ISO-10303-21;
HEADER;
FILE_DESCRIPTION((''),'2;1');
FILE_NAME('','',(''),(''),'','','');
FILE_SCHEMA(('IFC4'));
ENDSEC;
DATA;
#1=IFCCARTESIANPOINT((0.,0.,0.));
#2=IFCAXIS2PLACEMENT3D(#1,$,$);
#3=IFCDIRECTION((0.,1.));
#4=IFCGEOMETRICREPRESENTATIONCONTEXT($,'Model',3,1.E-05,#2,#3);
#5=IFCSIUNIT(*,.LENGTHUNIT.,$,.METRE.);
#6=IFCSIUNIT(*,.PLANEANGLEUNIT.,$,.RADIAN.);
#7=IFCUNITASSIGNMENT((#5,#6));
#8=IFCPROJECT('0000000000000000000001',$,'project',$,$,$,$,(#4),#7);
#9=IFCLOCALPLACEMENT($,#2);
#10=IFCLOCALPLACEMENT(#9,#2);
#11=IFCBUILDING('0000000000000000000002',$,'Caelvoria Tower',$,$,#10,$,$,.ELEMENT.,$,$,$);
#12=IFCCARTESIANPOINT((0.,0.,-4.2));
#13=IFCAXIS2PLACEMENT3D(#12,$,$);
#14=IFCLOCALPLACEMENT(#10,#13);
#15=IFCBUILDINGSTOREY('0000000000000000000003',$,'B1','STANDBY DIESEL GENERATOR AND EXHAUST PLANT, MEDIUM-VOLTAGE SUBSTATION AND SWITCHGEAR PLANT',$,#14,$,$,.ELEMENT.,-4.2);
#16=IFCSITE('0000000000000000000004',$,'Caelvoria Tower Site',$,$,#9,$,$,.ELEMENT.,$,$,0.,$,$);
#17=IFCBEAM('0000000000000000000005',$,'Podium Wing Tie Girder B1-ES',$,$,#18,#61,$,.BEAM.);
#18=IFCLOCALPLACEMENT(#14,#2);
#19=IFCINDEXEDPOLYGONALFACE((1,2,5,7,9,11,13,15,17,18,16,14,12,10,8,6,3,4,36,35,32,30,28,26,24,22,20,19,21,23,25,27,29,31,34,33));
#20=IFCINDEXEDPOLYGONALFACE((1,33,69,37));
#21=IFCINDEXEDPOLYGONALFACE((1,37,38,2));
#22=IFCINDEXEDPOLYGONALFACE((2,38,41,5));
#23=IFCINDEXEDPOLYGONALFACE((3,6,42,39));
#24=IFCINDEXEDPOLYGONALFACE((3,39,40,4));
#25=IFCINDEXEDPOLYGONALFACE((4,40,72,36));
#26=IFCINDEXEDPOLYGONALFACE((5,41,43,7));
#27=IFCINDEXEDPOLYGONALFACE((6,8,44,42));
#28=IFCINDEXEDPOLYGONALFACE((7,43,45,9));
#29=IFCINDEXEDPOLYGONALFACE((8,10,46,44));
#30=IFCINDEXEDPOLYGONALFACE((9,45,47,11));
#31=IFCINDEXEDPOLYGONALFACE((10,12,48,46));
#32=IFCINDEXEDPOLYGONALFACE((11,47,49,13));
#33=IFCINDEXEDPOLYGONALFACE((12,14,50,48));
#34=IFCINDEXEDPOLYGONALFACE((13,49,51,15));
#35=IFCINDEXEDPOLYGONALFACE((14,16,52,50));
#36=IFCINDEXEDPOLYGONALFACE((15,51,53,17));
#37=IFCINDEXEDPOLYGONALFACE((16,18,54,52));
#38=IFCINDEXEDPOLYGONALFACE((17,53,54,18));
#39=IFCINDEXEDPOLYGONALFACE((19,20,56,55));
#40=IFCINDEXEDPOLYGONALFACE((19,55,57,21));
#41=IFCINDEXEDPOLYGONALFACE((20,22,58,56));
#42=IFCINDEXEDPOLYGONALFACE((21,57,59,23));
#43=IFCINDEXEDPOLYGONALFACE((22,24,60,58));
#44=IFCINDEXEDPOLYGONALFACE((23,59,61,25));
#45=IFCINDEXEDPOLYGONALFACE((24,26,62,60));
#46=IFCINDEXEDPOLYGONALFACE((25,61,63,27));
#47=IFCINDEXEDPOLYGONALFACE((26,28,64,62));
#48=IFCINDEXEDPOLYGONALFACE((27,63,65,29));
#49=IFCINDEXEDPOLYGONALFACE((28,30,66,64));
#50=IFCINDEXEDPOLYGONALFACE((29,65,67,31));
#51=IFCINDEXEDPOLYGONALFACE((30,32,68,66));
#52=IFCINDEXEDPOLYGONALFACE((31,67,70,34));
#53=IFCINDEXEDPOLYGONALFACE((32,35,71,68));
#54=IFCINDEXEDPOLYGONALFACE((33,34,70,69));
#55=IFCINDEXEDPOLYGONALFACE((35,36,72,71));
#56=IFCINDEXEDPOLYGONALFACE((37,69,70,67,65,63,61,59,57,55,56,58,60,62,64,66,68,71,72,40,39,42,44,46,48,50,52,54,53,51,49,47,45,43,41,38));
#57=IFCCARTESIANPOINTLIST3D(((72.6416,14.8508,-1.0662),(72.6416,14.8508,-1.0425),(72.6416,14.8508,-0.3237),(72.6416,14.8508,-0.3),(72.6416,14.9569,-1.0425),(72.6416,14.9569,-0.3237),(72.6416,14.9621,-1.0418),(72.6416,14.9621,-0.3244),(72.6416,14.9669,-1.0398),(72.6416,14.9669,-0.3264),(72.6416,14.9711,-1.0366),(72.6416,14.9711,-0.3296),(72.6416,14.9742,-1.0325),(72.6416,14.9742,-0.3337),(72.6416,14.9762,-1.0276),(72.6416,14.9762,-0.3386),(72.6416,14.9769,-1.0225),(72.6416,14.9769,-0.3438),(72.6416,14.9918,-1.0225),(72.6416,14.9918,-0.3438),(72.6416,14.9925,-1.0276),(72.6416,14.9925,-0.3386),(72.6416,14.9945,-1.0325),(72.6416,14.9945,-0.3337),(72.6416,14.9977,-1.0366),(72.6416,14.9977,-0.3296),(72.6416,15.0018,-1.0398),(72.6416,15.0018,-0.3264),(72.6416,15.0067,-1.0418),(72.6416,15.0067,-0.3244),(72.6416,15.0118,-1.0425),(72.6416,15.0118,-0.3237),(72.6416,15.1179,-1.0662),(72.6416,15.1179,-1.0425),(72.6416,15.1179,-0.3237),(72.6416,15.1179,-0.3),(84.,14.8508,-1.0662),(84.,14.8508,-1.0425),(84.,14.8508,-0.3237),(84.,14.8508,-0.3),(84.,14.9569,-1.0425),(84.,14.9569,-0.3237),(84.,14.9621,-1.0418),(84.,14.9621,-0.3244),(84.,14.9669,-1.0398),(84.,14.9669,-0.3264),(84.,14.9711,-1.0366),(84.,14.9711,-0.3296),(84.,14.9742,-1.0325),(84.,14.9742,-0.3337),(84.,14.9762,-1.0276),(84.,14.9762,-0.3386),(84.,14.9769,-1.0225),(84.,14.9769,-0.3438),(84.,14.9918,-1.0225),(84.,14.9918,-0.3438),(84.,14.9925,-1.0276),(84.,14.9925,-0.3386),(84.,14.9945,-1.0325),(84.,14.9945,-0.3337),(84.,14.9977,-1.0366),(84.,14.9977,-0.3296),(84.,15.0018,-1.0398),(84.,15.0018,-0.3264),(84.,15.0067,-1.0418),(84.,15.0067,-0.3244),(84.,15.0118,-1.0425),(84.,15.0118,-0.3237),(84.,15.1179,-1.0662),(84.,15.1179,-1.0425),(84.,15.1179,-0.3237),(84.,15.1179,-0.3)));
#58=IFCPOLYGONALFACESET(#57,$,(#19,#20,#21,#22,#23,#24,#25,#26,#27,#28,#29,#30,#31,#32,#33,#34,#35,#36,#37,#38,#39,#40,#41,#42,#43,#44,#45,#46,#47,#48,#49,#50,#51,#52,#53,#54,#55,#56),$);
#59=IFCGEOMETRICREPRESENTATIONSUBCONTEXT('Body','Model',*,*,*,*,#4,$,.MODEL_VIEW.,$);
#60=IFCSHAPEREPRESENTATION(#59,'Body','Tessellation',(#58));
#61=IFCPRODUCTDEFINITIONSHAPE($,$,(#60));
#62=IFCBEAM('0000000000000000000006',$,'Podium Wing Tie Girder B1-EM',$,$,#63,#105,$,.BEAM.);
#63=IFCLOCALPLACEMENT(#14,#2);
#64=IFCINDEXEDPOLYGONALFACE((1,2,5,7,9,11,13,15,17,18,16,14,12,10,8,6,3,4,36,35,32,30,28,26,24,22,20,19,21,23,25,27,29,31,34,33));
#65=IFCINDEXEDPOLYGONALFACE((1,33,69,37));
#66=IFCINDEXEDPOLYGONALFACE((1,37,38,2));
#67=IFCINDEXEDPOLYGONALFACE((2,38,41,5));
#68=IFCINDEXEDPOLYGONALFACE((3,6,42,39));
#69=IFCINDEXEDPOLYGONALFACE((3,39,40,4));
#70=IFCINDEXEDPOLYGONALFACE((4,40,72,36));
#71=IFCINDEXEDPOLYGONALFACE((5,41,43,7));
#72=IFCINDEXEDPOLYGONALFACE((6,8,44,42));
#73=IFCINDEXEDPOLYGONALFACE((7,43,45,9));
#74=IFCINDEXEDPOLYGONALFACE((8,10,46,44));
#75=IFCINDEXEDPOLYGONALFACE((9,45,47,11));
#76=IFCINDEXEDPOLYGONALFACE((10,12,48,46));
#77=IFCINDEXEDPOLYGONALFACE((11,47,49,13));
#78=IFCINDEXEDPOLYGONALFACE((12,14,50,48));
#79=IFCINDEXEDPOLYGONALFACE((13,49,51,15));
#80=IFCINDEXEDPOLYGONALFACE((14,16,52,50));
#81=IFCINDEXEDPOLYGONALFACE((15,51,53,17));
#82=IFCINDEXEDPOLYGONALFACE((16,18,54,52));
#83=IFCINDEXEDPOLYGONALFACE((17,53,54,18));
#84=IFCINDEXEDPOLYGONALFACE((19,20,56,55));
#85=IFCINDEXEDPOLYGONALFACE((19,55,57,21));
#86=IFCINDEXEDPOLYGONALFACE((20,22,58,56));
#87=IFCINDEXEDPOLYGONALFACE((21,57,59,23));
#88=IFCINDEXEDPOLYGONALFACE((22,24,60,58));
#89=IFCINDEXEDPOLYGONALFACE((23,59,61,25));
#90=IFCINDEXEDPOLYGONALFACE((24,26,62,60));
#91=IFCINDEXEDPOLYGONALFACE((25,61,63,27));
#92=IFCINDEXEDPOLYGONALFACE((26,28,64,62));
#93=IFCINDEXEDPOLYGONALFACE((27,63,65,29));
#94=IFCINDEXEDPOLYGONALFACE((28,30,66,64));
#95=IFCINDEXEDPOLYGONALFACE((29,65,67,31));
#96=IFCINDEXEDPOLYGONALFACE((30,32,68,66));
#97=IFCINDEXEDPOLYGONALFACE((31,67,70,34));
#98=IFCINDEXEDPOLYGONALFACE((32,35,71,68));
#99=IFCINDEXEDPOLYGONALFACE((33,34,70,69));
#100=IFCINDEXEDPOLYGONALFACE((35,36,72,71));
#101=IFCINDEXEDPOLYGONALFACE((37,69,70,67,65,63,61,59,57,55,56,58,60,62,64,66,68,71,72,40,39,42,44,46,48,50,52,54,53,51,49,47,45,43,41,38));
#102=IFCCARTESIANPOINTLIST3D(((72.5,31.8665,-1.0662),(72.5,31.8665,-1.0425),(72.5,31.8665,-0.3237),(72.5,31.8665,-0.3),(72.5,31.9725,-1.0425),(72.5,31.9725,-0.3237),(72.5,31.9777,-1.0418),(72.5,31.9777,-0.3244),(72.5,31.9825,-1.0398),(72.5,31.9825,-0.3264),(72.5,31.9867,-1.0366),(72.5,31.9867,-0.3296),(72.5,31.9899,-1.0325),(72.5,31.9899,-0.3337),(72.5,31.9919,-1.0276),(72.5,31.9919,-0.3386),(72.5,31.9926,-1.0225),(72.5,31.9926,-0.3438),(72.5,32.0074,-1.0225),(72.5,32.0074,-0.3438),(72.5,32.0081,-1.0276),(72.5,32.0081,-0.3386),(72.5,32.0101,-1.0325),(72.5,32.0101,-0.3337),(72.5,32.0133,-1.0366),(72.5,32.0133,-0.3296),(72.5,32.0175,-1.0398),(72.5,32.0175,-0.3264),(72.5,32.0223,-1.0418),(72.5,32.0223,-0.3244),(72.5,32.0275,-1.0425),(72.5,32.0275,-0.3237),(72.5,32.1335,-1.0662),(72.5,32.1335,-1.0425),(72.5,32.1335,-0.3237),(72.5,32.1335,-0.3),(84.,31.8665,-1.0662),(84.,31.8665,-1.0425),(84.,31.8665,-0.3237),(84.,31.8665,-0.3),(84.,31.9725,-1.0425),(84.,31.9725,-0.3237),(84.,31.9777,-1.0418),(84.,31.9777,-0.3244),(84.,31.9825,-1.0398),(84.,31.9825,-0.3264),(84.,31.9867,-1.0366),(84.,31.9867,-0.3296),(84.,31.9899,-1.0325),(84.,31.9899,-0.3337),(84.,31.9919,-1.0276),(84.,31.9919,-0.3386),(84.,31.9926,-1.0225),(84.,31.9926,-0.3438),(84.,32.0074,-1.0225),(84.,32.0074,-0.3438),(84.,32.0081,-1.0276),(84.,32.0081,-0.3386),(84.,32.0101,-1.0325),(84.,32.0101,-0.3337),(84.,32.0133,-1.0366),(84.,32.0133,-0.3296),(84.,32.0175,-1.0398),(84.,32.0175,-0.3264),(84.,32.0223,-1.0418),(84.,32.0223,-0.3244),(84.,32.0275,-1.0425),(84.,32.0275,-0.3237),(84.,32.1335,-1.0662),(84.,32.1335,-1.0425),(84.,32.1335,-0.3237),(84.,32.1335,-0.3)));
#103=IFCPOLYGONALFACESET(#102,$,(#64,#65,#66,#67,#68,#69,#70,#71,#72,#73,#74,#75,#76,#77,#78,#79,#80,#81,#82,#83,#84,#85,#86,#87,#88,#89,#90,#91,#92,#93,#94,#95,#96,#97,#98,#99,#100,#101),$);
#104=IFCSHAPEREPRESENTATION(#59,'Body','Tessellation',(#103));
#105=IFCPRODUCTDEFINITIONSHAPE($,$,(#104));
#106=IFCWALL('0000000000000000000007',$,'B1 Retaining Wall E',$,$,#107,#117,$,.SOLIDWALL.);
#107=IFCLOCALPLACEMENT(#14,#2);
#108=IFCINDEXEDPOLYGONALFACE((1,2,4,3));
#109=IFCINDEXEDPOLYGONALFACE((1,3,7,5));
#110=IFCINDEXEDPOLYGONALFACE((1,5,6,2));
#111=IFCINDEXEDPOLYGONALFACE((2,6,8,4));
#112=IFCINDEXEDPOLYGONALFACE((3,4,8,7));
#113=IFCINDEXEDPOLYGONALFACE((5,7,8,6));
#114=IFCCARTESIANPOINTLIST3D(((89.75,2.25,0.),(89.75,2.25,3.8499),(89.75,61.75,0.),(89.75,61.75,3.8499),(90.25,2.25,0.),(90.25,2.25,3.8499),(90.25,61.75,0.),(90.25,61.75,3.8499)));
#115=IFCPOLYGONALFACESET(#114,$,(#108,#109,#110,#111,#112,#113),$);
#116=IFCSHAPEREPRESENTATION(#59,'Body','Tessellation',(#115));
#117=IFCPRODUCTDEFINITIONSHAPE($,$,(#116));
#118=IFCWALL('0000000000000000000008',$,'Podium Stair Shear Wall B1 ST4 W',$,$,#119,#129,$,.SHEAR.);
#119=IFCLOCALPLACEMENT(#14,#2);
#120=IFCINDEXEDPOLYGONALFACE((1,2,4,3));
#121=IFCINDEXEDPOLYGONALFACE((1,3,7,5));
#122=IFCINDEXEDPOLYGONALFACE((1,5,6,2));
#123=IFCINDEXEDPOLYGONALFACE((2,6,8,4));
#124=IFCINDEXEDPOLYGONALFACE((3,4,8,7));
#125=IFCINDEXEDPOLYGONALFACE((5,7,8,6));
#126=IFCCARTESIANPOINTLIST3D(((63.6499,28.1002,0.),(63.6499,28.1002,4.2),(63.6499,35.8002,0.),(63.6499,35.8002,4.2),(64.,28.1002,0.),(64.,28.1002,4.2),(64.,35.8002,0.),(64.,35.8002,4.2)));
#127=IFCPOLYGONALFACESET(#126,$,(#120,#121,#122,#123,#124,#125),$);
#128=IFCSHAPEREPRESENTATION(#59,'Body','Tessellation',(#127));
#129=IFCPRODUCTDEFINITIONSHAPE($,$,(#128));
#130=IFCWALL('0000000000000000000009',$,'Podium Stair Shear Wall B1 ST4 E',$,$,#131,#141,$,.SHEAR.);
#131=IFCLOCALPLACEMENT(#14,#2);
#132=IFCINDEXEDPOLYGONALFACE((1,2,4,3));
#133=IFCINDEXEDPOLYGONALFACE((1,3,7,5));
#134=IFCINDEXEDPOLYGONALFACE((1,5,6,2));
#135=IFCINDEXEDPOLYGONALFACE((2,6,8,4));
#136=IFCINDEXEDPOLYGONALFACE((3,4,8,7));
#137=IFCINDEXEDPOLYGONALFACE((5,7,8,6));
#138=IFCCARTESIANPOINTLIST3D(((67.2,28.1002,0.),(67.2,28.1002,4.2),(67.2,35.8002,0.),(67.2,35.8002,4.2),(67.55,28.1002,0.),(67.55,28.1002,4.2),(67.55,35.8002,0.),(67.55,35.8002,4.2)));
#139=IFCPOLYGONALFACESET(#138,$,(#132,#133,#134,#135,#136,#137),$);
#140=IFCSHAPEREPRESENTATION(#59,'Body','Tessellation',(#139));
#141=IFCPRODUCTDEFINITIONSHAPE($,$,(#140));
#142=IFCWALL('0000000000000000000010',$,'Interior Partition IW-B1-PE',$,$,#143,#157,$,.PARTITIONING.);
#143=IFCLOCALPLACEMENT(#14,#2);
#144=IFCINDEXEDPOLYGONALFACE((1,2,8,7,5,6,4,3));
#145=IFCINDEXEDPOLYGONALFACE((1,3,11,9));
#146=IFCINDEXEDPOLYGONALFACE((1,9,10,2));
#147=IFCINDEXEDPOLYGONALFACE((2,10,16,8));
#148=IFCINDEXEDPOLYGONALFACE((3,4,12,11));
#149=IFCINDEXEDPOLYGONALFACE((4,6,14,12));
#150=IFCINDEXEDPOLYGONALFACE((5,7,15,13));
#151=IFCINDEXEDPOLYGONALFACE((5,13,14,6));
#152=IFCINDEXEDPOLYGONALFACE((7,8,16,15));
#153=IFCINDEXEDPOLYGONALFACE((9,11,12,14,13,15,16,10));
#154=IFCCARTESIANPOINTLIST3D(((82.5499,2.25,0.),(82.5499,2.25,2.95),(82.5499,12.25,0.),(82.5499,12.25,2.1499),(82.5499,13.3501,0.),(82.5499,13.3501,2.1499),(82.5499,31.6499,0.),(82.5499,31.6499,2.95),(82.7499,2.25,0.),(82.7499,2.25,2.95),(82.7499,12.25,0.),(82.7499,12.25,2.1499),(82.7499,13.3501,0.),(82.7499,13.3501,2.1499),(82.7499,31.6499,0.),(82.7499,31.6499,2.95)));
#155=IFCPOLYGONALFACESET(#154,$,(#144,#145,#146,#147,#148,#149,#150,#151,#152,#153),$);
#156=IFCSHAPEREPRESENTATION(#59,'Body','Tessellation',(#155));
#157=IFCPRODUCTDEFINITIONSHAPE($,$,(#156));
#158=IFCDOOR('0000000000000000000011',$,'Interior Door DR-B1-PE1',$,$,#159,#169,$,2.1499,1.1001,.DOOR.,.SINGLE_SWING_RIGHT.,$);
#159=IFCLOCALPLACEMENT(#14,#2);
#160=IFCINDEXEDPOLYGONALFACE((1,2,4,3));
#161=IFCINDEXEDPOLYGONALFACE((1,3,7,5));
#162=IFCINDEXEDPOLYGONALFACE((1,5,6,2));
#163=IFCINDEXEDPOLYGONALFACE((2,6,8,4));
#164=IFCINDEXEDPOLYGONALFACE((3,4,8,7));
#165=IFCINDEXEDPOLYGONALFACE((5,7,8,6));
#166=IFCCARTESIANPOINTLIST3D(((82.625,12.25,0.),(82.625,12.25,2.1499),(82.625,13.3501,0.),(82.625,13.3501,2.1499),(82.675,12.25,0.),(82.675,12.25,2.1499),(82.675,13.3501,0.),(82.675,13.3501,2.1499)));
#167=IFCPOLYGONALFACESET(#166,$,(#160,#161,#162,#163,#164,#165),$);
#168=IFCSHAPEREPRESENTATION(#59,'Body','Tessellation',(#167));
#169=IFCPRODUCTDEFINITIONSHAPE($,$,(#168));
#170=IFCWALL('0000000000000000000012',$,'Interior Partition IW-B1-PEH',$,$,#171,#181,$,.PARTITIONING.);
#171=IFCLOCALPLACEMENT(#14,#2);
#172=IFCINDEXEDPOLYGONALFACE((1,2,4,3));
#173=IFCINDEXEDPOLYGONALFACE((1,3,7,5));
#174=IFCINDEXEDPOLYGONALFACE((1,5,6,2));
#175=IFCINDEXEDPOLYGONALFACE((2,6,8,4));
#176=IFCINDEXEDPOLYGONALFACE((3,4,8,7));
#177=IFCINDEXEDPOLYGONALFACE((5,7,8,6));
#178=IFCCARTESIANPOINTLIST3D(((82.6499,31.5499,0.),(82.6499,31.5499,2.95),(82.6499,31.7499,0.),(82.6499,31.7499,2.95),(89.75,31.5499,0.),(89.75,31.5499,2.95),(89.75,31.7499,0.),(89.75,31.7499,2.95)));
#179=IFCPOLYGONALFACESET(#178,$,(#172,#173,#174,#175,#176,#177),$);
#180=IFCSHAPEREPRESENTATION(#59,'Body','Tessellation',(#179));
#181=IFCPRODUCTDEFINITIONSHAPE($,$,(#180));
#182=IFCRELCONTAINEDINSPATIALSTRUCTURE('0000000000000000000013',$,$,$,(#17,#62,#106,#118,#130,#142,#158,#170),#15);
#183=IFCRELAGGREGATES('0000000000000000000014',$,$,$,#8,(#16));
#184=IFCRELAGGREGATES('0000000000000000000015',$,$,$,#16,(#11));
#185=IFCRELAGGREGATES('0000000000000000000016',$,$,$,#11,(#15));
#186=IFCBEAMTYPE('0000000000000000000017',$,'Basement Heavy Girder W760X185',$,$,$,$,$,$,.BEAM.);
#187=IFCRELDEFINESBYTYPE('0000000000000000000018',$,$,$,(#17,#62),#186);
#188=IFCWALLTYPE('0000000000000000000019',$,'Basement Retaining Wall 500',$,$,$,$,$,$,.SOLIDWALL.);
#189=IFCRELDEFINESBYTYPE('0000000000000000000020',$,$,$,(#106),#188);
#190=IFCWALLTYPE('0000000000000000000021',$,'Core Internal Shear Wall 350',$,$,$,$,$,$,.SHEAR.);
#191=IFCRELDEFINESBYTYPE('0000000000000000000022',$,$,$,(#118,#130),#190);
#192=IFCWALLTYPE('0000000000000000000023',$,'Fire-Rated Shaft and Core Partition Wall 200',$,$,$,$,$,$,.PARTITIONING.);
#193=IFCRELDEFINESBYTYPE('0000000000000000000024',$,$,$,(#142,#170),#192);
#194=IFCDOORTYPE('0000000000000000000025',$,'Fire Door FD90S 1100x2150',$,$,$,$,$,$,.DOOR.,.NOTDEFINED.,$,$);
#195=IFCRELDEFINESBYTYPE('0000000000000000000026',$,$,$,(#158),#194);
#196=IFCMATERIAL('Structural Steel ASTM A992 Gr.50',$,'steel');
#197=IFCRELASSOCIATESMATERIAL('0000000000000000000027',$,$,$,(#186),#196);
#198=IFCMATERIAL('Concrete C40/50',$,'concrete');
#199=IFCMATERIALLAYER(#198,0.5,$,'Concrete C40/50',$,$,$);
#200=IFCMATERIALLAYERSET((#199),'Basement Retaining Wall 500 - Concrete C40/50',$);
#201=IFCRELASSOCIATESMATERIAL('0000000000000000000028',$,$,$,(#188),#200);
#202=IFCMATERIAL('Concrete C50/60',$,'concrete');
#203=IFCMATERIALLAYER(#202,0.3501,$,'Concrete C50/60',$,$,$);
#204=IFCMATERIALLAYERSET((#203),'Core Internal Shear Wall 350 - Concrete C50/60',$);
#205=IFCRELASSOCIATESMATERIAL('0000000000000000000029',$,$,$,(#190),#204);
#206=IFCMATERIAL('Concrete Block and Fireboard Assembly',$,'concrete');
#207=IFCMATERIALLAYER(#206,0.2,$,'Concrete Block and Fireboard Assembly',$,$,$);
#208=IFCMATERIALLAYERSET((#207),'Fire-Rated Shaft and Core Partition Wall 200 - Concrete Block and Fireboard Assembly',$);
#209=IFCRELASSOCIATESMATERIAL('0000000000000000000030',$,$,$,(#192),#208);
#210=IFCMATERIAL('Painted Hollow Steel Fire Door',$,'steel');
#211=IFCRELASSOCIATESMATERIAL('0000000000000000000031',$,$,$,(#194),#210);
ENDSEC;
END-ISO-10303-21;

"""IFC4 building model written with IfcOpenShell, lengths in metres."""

from ifc_helpers import new_model, si_unit, direction, frame, frame_2d, origin, origin_2d, place, context, subcontext, project, spatial, rectangle, i_section, extrude, material, layer, layer_set, material_profile, profile_set, type_object, element, fill, save


model = new_model("IFC4")

# Units and contexts
model_context = context("Model", 3, precision=1e-05, world=origin(), true_north=direction((0.0, 1.0)))
body_context = subcontext(model_context, "Body", "Model", "MODEL_VIEW")
ifc_project = project(units=[si_unit("LENGTHUNIT", "METRE"), si_unit("PLANEANGLEUNIT", "RADIAN")], contexts=[model_context])

# Site, building, storey
site_placement = place(None, origin())
site = spatial("IfcSite", under=ifc_project, at=site_placement, Name="Caelvoria Tower Site", CompositionType="ELEMENT", RefElevation=0.0)
building_placement = place(site_placement, origin())
building = spatial("IfcBuilding", under=site, at=building_placement, Name="Caelvoria Tower", CompositionType="ELEMENT")
storey_placement = place(building_placement, frame((0.0, 0.0, -4.2)))
storey = spatial("IfcBuildingStorey", under=building, at=storey_placement, Name="B1", Description="STANDBY DIESEL GENERATOR AND EXHAUST PLANT, MEDIUM-VOLTAGE SUBSTATION AND SWITCHGEAR PLANT", CompositionType="ELEMENT", Elevation=-4.2)

# Shared definitions
ifc_material_1 = material(Name="Concrete C50/60", Category="concrete")

# Beams
ifc_material_2 = material(Name="Structural Steel ASTM A992 Gr.50", Category="steel")
ifc_material_profile_1 = material_profile(ifc_material_2, i_section(OverallWidth=0.2671, OverallDepth=0.7661, WebThickness=0.0149, FlangeThickness=0.0237, FilletRadius=0.02, at=origin_2d()), Name="Structural Steel ASTM A992 Gr.50")
ifc_profile_set_1 = profile_set([ifc_material_profile_1], Name="W760X185 - Structural Steel ASTM A992 Gr.50")
beam_type = type_object("IfcBeamType", Name="Basement Heavy Girder W760X185", PredefinedType="BEAM", material=ifc_profile_set_1)
beam_1_placement = place(storey_placement, frame((84.0, 14.9844, -0.6831), z_axis=(-1.0, 0.0, 0.0), x_axis=(0.0, -1.0, 0.0)))
element("IfcBeam", 1, at=beam_1_placement, inside=storey, type_object=beam_type, Name="Podium Wing Tie Girder B1-ES", PredefinedType="BEAM", context=body_context, shape_type="SweptSolid", body=[
    extrude(i_section(OverallWidth=0.2671, OverallDepth=0.7661, WebThickness=0.0149, FlangeThickness=0.0237, FilletRadius=0.02, at=origin_2d()), origin(), (0.0, 0.0, 1.0), 11.3584),
])
beam_2_placement = place(storey_placement, frame((84.0, 32.0, -0.6831), z_axis=(-1.0, 0.0, 0.0), x_axis=(0.0, -1.0, 0.0)))
element("IfcBeam", 2, at=beam_2_placement, inside=storey, type_object=beam_type, Name="Podium Wing Tie Girder B1-EM", PredefinedType="BEAM", context=body_context, shape_type="SweptSolid", body=[
    extrude(i_section(OverallWidth=0.2671, OverallDepth=0.7661, WebThickness=0.0149, FlangeThickness=0.0237, FilletRadius=0.02, at=origin_2d()), origin(), (0.0, 0.0, 1.0), 11.5),
])

# Walls
ifc_material_3 = material(Name="Concrete C40/50", Category="concrete")
ifc_layer_1 = layer(ifc_material_3, 0.5, Name="Concrete C40/50")
ifc_layer_set_1 = layer_set([ifc_layer_1], Name="Basement Retaining Wall 500 - Concrete C40/50")
wall_type_1 = type_object("IfcWallType", Name="Basement Retaining Wall 500", PredefinedType="SOLIDWALL", material=ifc_layer_set_1)
wall_1_placement = place(storey_placement, frame((90.0, 2.25, 0.0), z_axis=(0.0, 0.0, 1.0), x_axis=(0.0, 1.0, 0.0)))
element("IfcWall", 3, at=wall_1_placement, inside=storey, type_object=wall_type_1, Name="B1 Retaining Wall E", PredefinedType="SOLIDWALL", context=body_context, shape_type="SweptSolid", body=[
    extrude(rectangle(XDim=59.5, YDim=0.5, at=frame_2d((29.75, 0.0))), origin(), (0.0, 0.0, 1.0), 3.8499),
])
ifc_layer_2 = layer(ifc_material_1, 0.3501, Name="Concrete C50/60")
ifc_layer_set_2 = layer_set([ifc_layer_2], Name="Core Internal Shear Wall 350 - Concrete C50/60")
wall_type_2 = type_object("IfcWallType", Name="Core Internal Shear Wall 350", PredefinedType="SHEAR", material=ifc_layer_set_2)
for number, where, z_axis, x_axis, name in (
    (4, (63.825, 28.1001, 0.0), (0.0, 0.0, 1.0), (0.0, 1.0, 0.0), "Podium Stair Shear Wall B1 ST4 W"),
    (5, (67.375, 28.1001, 0.0), (0.0, 0.0, 1.0), (0.0, 1.0, 0.0), "Podium Stair Shear Wall B1 ST4 E"),
):
    element("IfcWall", number, at=place(storey_placement, frame(where, z_axis=z_axis, x_axis=x_axis)), inside=storey, type_object=wall_type_2, Name=name, PredefinedType="SHEAR", context=body_context, shape_type="SweptSolid", body=[
        extrude(rectangle(XDim=7.7, YDim=0.3501, at=frame_2d((3.8501, 0.0))), origin(), (0.0, 0.0, 1.0), 4.2),
    ])

# Wall, opening, door
ifc_material_4 = material(Name="Concrete Block and Fireboard Assembly", Category="concrete")
ifc_layer_3 = layer(ifc_material_4, 0.2, Name="Concrete Block and Fireboard Assembly")
ifc_layer_set_3 = layer_set([ifc_layer_3], Name="Fire-Rated Shaft and Core Partition Wall 200 - Concrete Block and Fireboard Assembly")
wall_type_3 = type_object("IfcWallType", Name="Fire-Rated Shaft and Core Partition Wall 200", PredefinedType="PARTITIONING", material=ifc_layer_set_3)
wall_2_placement = place(storey_placement, frame((82.6499, 2.25, 0.0), z_axis=(0.0, 0.0, 1.0), x_axis=(0.0, 1.0, 0.0)))
wall_2 = element("IfcWall", 6, at=wall_2_placement, inside=storey, type_object=wall_type_3, Name="Interior Partition IW-B1-PE", PredefinedType="PARTITIONING", context=body_context, shape_type="SweptSolid", body=[
    extrude(rectangle(XDim=29.3999, YDim=0.2, at=frame_2d((14.7, 0.0))), origin(), (0.0, 0.0, 1.0), 2.95),
])
opening_placement = place(wall_2_placement, frame((10.0, 0.0, 0.0)))
opening = element("IfcOpeningElement", 7, at=opening_placement, cuts=wall_2, PredefinedType="OPENING", context=body_context, shape_type="SweptSolid", body=[
    extrude(rectangle(XDim=1.1001, YDim=2.1499, at=frame_2d((0.55, 1.075))), frame((0.0, 0.1099, 0.0), z_axis=(0.0, -1.0, 0.0), x_axis=(1.0, 0.0, 0.0)), (0.0, 0.0, 1.0), 0.22),
])
ifc_material_5 = material(Name="Painted Hollow Steel Fire Door", Category="steel")
door_type = type_object("IfcDoorType", Name="Fire Door FD90S 1100x2150", OperationType="NOTDEFINED", PredefinedType="DOOR", material=ifc_material_5)
door_placement = place(opening_placement, origin())
door = element("IfcDoor", 8, at=door_placement, inside=storey, type_object=door_type, Name="Interior Door DR-B1-PE1", OperationType="SINGLE_SWING_RIGHT", OverallHeight=2.1499, OverallWidth=1.1001, PredefinedType="DOOR", context=body_context, shape_type="SweptSolid", body=[
    extrude(rectangle(XDim=1.1001, YDim=2.1499, at=frame_2d((0.55, 1.075))), frame((0.0, 0.0249, 0.0), z_axis=(0.0, -1.0, 0.0), x_axis=(1.0, 0.0, 0.0)), (0.0, 0.0, 1.0), 0.05),
])
fill(opening, door)

# Wall
wall_3_placement = place(storey_placement, frame((82.6499, 31.6499, 0.0), z_axis=(0.0, 0.0, 1.0), x_axis=(1.0, 0.0, 0.0)))
element("IfcWall", 9, at=wall_3_placement, inside=storey, type_object=wall_type_3, Name="Interior Partition IW-B1-PEH", PredefinedType="PARTITIONING", context=body_context, shape_type="SweptSolid", body=[
    extrude(rectangle(XDim=7.1001, YDim=0.2, at=frame_2d((3.55, 0.0))), origin(), (0.0, 0.0, 1.0), 2.95),
])

save(model, "model.ifc")
